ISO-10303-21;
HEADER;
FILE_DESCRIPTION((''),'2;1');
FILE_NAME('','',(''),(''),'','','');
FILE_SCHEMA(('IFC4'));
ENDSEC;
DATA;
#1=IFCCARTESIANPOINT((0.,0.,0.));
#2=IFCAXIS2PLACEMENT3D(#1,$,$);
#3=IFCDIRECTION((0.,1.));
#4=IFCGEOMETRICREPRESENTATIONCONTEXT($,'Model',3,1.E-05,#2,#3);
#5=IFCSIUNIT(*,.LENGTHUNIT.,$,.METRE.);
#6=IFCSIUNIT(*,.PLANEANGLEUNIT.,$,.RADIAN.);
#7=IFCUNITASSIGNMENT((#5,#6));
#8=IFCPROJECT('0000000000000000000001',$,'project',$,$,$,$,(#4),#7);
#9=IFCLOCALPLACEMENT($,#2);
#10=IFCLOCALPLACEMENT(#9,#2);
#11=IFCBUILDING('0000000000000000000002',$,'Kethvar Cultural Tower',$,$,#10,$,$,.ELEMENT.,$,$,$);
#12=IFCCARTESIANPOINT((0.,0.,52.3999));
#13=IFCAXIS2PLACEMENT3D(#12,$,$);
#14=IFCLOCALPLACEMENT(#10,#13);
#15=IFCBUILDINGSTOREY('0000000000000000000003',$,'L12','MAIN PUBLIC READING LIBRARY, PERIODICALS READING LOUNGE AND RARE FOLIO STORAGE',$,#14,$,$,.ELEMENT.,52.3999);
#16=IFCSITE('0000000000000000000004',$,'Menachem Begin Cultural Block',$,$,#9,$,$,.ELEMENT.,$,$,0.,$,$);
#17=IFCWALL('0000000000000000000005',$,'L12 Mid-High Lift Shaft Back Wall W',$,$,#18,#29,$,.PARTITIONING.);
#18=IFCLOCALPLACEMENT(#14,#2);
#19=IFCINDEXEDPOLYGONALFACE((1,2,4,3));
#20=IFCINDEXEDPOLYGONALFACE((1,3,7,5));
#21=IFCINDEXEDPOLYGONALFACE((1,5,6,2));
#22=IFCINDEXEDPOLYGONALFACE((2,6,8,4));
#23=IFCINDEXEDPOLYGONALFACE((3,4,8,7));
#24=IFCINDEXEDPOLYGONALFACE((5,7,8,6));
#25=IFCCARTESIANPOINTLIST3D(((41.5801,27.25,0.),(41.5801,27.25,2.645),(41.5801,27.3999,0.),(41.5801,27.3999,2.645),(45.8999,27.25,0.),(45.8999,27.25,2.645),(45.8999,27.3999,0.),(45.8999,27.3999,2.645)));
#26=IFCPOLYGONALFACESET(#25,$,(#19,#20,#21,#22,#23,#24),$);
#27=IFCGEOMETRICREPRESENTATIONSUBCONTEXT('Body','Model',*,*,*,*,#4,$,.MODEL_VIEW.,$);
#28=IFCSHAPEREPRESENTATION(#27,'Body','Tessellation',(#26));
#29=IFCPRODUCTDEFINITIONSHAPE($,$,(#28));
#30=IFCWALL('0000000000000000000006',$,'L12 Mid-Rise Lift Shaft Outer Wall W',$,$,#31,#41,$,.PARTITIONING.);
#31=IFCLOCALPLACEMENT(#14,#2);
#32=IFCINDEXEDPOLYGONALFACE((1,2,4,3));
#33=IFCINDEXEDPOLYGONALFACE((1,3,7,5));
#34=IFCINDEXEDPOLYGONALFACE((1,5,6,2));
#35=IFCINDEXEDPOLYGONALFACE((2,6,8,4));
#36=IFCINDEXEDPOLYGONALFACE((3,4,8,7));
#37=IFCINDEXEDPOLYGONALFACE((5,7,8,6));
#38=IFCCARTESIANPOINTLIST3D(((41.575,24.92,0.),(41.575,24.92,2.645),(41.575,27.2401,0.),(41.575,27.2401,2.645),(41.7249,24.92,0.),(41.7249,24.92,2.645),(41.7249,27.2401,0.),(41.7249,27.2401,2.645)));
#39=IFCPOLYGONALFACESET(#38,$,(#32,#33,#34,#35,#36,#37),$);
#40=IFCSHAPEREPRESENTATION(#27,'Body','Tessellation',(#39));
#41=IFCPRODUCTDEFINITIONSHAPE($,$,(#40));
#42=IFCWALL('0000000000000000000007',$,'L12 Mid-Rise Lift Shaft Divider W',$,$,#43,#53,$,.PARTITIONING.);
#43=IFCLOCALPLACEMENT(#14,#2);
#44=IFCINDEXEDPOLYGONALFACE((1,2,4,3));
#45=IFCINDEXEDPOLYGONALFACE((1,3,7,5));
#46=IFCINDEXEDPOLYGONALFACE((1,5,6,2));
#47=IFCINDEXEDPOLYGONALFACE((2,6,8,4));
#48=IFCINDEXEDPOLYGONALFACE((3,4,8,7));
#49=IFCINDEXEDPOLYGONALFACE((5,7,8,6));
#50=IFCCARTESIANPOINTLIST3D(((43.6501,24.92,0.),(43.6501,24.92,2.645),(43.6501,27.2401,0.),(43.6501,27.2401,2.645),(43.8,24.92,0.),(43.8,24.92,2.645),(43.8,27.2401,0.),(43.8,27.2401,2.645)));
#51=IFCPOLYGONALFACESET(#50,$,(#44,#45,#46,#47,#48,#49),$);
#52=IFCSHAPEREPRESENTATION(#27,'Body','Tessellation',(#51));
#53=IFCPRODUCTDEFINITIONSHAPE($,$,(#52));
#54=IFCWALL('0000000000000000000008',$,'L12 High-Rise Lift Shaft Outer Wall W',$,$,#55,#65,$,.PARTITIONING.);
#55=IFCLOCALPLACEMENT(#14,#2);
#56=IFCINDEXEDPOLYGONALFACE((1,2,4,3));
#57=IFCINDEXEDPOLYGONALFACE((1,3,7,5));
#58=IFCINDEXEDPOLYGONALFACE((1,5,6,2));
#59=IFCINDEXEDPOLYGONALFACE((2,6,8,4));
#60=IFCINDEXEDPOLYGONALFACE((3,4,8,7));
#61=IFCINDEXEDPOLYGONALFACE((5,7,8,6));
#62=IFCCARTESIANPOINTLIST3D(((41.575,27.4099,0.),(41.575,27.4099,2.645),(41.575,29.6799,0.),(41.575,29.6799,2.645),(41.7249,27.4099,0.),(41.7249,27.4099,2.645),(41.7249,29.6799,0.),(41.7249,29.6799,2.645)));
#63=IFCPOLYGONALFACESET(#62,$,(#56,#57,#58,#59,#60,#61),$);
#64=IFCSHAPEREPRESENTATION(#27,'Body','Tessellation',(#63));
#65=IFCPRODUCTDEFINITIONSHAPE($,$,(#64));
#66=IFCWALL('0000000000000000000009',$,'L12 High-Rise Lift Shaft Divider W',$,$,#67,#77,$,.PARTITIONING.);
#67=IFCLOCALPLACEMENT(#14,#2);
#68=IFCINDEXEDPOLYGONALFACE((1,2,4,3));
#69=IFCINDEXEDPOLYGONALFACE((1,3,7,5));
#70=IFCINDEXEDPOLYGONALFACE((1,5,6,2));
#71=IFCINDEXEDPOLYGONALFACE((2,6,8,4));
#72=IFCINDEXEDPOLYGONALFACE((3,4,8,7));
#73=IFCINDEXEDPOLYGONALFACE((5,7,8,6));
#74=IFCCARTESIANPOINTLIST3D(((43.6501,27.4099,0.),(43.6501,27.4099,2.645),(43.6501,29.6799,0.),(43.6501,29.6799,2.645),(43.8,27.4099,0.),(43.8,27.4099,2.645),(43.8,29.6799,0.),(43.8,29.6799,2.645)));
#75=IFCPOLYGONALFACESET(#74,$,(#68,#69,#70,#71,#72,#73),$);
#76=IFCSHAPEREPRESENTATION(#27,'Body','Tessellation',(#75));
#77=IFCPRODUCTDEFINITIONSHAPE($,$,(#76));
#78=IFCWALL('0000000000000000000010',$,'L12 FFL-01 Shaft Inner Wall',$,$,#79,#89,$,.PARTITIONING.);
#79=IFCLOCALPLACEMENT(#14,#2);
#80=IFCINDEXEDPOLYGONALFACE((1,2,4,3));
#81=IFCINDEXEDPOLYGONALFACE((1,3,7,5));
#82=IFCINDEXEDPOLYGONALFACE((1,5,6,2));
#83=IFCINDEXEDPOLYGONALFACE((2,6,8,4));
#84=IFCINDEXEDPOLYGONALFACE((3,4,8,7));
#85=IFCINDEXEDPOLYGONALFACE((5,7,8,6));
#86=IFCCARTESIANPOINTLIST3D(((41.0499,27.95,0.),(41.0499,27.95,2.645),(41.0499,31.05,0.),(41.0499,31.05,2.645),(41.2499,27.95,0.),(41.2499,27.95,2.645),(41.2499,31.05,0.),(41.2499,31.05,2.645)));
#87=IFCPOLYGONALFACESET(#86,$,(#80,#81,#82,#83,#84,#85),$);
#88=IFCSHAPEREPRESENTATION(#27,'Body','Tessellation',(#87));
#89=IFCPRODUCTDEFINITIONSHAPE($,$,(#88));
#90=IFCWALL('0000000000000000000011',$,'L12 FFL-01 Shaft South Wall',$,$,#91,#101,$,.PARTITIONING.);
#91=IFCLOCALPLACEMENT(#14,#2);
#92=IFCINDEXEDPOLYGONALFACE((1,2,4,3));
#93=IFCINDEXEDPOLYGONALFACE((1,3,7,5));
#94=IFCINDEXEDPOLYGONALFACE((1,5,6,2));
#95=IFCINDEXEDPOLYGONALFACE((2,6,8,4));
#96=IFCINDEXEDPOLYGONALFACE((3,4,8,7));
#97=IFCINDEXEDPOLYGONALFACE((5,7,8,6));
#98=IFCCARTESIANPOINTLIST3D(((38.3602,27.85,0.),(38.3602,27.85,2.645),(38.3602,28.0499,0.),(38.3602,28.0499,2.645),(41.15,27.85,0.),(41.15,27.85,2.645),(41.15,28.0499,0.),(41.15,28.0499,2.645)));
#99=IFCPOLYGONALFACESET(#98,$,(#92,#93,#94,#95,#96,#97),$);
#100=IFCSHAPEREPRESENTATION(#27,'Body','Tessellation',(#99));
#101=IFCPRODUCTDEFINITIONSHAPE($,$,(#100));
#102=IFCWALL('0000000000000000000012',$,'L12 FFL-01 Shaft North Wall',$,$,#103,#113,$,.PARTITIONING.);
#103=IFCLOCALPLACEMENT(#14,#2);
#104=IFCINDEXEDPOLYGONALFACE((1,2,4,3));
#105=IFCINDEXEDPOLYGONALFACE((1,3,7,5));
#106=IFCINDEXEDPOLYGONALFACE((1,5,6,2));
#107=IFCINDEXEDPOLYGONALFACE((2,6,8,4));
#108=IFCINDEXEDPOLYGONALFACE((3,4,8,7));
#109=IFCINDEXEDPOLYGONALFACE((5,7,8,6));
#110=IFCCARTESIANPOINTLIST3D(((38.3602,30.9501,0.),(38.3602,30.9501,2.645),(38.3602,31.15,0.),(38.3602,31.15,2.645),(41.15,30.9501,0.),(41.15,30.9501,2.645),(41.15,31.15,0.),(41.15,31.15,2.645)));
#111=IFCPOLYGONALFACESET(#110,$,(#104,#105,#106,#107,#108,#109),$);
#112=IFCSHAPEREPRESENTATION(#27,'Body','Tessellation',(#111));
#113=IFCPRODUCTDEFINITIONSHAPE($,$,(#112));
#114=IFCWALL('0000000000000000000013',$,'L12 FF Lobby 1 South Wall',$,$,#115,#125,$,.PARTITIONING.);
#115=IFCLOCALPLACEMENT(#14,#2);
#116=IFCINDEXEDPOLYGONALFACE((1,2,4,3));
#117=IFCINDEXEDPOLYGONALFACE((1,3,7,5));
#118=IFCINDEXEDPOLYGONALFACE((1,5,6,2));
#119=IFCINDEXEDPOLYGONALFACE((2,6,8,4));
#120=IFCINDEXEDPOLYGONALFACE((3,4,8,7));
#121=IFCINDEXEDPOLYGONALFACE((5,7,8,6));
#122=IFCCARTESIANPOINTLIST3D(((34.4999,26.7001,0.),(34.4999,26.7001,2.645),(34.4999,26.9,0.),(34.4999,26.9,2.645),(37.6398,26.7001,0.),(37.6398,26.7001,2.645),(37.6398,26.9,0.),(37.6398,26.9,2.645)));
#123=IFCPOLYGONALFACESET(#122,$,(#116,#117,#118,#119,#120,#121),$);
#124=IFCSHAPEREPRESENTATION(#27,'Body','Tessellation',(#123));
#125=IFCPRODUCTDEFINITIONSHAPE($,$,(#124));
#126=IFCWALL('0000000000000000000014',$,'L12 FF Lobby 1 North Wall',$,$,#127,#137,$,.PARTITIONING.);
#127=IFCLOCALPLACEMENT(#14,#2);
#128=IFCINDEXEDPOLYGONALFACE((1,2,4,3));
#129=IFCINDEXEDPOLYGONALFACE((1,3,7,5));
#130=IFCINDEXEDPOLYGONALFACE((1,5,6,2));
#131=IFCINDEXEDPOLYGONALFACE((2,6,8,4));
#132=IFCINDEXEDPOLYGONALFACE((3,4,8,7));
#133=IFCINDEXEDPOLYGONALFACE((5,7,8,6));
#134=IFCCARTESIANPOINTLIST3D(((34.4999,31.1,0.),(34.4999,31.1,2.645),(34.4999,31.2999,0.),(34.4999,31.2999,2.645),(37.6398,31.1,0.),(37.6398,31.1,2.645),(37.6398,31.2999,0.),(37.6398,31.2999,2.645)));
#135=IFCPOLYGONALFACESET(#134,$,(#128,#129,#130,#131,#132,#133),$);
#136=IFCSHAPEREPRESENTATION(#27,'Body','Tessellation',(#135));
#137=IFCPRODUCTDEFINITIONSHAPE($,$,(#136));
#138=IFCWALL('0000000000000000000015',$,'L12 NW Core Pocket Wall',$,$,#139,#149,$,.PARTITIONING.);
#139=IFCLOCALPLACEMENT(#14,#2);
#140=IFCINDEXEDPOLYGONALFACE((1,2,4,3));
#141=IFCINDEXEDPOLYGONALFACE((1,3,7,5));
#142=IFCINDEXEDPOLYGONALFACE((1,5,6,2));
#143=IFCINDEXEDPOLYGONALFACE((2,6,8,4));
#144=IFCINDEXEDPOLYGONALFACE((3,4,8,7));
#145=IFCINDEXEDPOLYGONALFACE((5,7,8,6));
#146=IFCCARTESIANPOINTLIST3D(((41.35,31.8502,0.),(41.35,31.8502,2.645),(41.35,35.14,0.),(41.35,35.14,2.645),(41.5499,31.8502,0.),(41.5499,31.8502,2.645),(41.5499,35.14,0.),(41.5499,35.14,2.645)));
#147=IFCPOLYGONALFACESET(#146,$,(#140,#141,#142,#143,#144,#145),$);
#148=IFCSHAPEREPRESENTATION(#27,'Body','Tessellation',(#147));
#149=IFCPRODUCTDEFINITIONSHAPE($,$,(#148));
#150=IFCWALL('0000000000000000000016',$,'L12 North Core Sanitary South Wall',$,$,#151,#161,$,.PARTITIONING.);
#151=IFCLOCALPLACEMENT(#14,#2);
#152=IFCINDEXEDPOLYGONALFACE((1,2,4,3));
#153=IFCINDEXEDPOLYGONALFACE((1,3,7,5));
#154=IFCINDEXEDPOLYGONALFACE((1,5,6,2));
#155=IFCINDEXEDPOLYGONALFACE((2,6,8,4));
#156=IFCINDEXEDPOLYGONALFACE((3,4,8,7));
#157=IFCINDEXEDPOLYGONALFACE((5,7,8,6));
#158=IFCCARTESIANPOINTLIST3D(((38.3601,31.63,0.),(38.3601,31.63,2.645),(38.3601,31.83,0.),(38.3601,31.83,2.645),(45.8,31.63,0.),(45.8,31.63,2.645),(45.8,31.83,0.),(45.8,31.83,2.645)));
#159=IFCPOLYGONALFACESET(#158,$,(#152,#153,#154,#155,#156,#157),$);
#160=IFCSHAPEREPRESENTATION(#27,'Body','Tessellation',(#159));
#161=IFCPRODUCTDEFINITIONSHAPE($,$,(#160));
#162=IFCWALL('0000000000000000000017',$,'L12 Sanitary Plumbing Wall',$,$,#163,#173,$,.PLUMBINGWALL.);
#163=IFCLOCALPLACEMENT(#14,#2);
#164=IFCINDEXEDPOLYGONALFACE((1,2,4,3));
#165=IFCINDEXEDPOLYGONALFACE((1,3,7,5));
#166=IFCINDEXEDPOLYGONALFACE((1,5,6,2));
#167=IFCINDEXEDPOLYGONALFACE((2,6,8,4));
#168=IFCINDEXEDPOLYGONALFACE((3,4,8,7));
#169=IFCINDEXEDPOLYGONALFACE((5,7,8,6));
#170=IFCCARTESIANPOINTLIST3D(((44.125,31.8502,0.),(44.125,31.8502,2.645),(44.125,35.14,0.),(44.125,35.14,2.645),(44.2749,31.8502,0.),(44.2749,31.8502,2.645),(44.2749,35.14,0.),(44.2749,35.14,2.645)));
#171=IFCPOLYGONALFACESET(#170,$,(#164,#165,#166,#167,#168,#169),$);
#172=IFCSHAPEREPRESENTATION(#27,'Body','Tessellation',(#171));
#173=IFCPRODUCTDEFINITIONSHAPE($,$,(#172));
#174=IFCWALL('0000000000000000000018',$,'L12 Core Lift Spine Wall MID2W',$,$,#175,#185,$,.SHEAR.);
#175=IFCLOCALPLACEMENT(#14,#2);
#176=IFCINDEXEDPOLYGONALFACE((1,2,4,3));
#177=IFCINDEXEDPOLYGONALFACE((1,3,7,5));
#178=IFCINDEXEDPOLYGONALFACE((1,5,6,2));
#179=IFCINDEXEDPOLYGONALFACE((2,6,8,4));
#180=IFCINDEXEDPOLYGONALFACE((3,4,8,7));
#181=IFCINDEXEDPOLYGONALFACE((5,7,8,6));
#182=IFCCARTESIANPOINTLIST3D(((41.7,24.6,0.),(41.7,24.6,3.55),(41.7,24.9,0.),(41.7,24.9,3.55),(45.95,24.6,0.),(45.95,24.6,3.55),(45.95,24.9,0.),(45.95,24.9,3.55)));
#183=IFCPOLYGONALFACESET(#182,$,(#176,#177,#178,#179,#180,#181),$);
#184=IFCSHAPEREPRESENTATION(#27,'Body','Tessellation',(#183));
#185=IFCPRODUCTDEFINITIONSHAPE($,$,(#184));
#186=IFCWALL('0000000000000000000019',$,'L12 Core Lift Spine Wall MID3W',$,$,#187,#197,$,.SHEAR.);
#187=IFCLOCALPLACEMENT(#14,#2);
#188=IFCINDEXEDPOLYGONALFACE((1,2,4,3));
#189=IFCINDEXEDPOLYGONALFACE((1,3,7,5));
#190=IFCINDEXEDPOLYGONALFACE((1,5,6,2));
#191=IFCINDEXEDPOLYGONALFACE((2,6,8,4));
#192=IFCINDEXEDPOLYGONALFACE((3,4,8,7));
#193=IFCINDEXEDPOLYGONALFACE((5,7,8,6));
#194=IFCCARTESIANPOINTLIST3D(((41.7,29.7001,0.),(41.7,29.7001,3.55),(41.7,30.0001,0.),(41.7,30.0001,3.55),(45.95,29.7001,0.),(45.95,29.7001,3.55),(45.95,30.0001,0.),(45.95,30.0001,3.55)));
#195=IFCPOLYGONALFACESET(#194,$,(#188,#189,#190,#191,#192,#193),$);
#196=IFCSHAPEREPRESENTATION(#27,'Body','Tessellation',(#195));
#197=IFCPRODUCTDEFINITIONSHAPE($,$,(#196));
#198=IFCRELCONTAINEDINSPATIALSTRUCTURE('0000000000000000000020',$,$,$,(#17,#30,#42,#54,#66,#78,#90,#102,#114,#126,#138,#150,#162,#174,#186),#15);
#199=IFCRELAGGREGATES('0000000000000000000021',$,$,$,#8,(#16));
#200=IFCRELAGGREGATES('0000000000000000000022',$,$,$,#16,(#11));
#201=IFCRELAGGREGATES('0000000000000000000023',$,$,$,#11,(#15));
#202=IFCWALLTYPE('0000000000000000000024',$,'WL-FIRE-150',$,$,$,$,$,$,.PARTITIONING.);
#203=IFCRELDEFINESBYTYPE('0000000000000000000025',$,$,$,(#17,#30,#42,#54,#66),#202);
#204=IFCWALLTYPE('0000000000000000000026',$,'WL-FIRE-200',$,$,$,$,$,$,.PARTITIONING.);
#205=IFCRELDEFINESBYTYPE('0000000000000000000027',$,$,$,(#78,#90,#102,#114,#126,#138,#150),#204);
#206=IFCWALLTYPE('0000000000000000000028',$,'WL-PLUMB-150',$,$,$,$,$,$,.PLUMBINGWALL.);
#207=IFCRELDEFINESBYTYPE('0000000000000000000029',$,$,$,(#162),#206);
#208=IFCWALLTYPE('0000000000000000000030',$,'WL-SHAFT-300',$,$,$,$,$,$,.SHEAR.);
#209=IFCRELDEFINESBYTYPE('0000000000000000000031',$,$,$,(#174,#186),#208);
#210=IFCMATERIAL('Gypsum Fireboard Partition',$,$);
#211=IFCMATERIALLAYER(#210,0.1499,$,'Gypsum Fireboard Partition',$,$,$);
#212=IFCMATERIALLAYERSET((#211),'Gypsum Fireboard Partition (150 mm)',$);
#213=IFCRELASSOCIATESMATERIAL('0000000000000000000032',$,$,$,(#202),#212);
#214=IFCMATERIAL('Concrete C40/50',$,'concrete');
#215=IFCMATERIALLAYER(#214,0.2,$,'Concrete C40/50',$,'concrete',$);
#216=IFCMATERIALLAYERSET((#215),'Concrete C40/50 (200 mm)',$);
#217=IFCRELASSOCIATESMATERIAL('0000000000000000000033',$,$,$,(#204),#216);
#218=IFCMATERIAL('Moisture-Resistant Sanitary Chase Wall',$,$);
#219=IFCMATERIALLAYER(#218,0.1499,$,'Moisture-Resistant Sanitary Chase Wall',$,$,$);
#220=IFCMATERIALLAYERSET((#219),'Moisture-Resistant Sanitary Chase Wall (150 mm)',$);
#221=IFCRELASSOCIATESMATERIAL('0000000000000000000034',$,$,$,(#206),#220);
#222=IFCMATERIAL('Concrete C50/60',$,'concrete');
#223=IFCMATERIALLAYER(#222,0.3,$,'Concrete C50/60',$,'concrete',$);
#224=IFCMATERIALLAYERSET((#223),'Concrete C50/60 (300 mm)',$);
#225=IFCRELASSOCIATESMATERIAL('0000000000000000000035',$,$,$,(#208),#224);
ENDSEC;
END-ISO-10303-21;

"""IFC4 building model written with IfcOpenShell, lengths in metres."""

from ifc_helpers import new_model, si_unit, direction, frame, frame_2d, origin, place, context, subcontext, project, spatial, rectangle, extrude, material, layer, layer_set, type_object, element, save


model = new_model("IFC4")

# Units and contexts
model_context = context("Model", 3, precision=1e-05, world=origin(), true_north=direction((0.0, 1.0)))
body_context = subcontext(model_context, "Body", "Model", "MODEL_VIEW")
ifc_project = project(units=[si_unit("LENGTHUNIT", "METRE"), si_unit("PLANEANGLEUNIT", "RADIAN")], contexts=[model_context])

# Site, building, storey
site_placement = place(None, origin())
site = spatial("IfcSite", under=ifc_project, at=site_placement, Name="Menachem Begin Cultural Block", CompositionType="ELEMENT", RefElevation=0.0)
building_placement = place(site_placement, origin())
building = spatial("IfcBuilding", under=site, at=building_placement, Name="Kethvar Cultural Tower", CompositionType="ELEMENT")
storey_placement = place(building_placement, frame((0.0, 0.0, 52.3999)))
storey = spatial("IfcBuildingStorey", under=building, at=storey_placement, Name="L12", Description="MAIN PUBLIC READING LIBRARY, PERIODICALS READING LOUNGE AND RARE FOLIO STORAGE", CompositionType="ELEMENT", Elevation=52.3999)

# Walls
ifc_material_1 = material(Name="Gypsum Fireboard Partition")
ifc_layer_1 = layer(ifc_material_1, 0.1499, Name="Gypsum Fireboard Partition")
ifc_layer_set_1 = layer_set([ifc_layer_1], Name="Gypsum Fireboard Partition (150 mm)")
wall_type_1 = type_object("IfcWallType", Name="WL-FIRE-150", PredefinedType="PARTITIONING", material=ifc_layer_set_1)
wall_1_placement = place(storey_placement, frame((41.5801, 27.325, 0.0), z_axis=(0.0, 0.0, 1.0), x_axis=(1.0, 0.0, 0.0)))
element("IfcWall", 1, at=wall_1_placement, inside=storey, type_object=wall_type_1, Name="L12 Mid-High Lift Shaft Back Wall W", PredefinedType="PARTITIONING", context=body_context, shape_type="SweptSolid", body=[
    extrude(rectangle(XDim=4.3198, YDim=0.1499, at=frame_2d((2.1599, 0.0))), origin(), (0.0, 0.0, 1.0), 2.645),
])
for number, where, z_axis, x_axis, name in (
    (2, (41.6499, 24.9199, 0.0), (0.0, 0.0, 1.0), (0.0, 1.0, 0.0), "L12 Mid-Rise Lift Shaft Outer Wall W"),
    (3, (43.7251, 24.9199, 0.0), (0.0, 0.0, 1.0), (0.0, 1.0, 0.0), "L12 Mid-Rise Lift Shaft Divider W"),
):
    element("IfcWall", number, at=place(storey_placement, frame(where, z_axis=z_axis, x_axis=x_axis)), inside=storey, type_object=wall_type_1, Name=name, PredefinedType="PARTITIONING", context=body_context, shape_type="SweptSolid", body=[
        extrude(rectangle(XDim=2.3201, YDim=0.1499, at=frame_2d((1.1602, 0.0))), origin(), (0.0, 0.0, 1.0), 2.645),
    ])
for number, where, z_axis, x_axis, name in (
    (4, (41.6499, 27.4099, 0.0), (0.0, 0.0, 1.0), (0.0, 1.0, 0.0), "L12 High-Rise Lift Shaft Outer Wall W"),
    (5, (43.7251, 27.4099, 0.0), (0.0, 0.0, 1.0), (0.0, 1.0, 0.0), "L12 High-Rise Lift Shaft Divider W"),
):
    element("IfcWall", number, at=place(storey_placement, frame(where, z_axis=z_axis, x_axis=x_axis)), inside=storey, type_object=wall_type_1, Name=name, PredefinedType="PARTITIONING", context=body_context, shape_type="SweptSolid", body=[
        extrude(rectangle(XDim=2.27, YDim=0.1499, at=frame_2d((1.135, 0.0))), origin(), (0.0, 0.0, 1.0), 2.645),
    ])
ifc_material_2 = material(Name="Concrete C40/50", Category="concrete")
ifc_layer_2 = layer(ifc_material_2, 0.2, Name="Concrete C40/50", Category="concrete")
ifc_layer_set_2 = layer_set([ifc_layer_2], Name="Concrete C40/50 (200 mm)")
wall_type_2 = type_object("IfcWallType", Name="WL-FIRE-200", PredefinedType="PARTITIONING", material=ifc_layer_set_2)
wall_2_placement = place(storey_placement, frame((41.1499, 27.95, 0.0), z_axis=(0.0, 0.0, 1.0), x_axis=(0.0, 1.0, 0.0)))
element("IfcWall", 6, at=wall_2_placement, inside=storey, type_object=wall_type_2, Name="L12 FFL-01 Shaft Inner Wall", PredefinedType="PARTITIONING", context=body_context, shape_type="SweptSolid", body=[
    extrude(rectangle(XDim=3.1001, YDim=0.2, at=frame_2d((1.55, 0.0))), origin(), (0.0, 0.0, 1.0), 2.645),
])
for number, where, z_axis, x_axis, name in (
    (7, (38.3601, 27.95, 0.0), (0.0, 0.0, 1.0), (1.0, 0.0, 0.0), "L12 FFL-01 Shaft South Wall"),
    (8, (38.3601, 31.05, 0.0), (0.0, 0.0, 1.0), (1.0, 0.0, 0.0), "L12 FFL-01 Shaft North Wall"),
):
    element("IfcWall", number, at=place(storey_placement, frame(where, z_axis=z_axis, x_axis=x_axis)), inside=storey, type_object=wall_type_2, Name=name, PredefinedType="PARTITIONING", context=body_context, shape_type="SweptSolid", body=[
        extrude(rectangle(XDim=2.7898, YDim=0.2, at=frame_2d((1.395, 0.0))), origin(), (0.0, 0.0, 1.0), 2.645),
    ])

# Walls
for number, where, z_axis, x_axis, name in (
    (9, (34.5, 26.8, 0.0), (0.0, 0.0, 1.0), (1.0, 0.0, 0.0), "L12 FF Lobby 1 South Wall"),
    (10, (34.5, 31.2, 0.0), (0.0, 0.0, 1.0), (1.0, 0.0, 0.0), "L12 FF Lobby 1 North Wall"),
):
    element("IfcWall", number, at=place(storey_placement, frame(where, z_axis=z_axis, x_axis=x_axis)), inside=storey, type_object=wall_type_2, Name=name, PredefinedType="PARTITIONING", context=body_context, shape_type="SweptSolid", body=[
        extrude(rectangle(XDim=3.1399, YDim=0.2, at=frame_2d((1.5698, 0.0))), origin(), (0.0, 0.0, 1.0), 2.645),
    ])
wall_3_placement = place(storey_placement, frame((41.45, 31.8501, 0.0), z_axis=(0.0, 0.0, 1.0), x_axis=(0.0, 1.0, 0.0)))
element("IfcWall", 11, at=wall_3_placement, inside=storey, type_object=wall_type_2, Name="L12 NW Core Pocket Wall", PredefinedType="PARTITIONING", context=body_context, shape_type="SweptSolid", body=[
    extrude(rectangle(XDim=3.2898, YDim=0.2, at=frame_2d((1.645, 0.0))), origin(), (0.0, 0.0, 1.0), 2.645),
])
wall_4_placement = place(storey_placement, frame((38.3601, 31.73, 0.0), z_axis=(0.0, 0.0, 1.0), x_axis=(1.0, 0.0, 0.0)))
element("IfcWall", 12, at=wall_4_placement, inside=storey, type_object=wall_type_2, Name="L12 North Core Sanitary South Wall", PredefinedType="PARTITIONING", context=body_context, shape_type="SweptSolid", body=[
    extrude(rectangle(XDim=7.4399, YDim=0.2, at=frame_2d((3.72, 0.0))), origin(), (0.0, 0.0, 1.0), 2.645),
])
ifc_material_3 = material(Name="Moisture-Resistant Sanitary Chase Wall")
ifc_layer_3 = layer(ifc_material_3, 0.1499, Name="Moisture-Resistant Sanitary Chase Wall")
ifc_layer_set_3 = layer_set([ifc_layer_3], Name="Moisture-Resistant Sanitary Chase Wall (150 mm)")
wall_type_3 = type_object("IfcWallType", Name="WL-PLUMB-150", PredefinedType="PLUMBINGWALL", material=ifc_layer_set_3)
wall_5_placement = place(storey_placement, frame((44.2, 31.8501, 0.0), z_axis=(0.0, 0.0, 1.0), x_axis=(0.0, 1.0, 0.0)))
element("IfcWall", 13, at=wall_5_placement, inside=storey, type_object=wall_type_3, Name="L12 Sanitary Plumbing Wall", PredefinedType="PLUMBINGWALL", context=body_context, shape_type="SweptSolid", body=[
    extrude(rectangle(XDim=3.2898, YDim=0.1499, at=frame_2d((1.645, 0.0))), origin(), (0.0, 0.0, 1.0), 2.645),
])
ifc_material_4 = material(Name="Concrete C50/60", Category="concrete")
ifc_layer_4 = layer(ifc_material_4, 0.3, Name="Concrete C50/60", Category="concrete")
ifc_layer_set_4 = layer_set([ifc_layer_4], Name="Concrete C50/60 (300 mm)")
wall_type_4 = type_object("IfcWallType", Name="WL-SHAFT-300", PredefinedType="SHEAR", material=ifc_layer_set_4)
for number, where, z_axis, x_axis, name in (
    (14, (41.7, 24.75, 0.0), (0.0, 0.0, 1.0), (1.0, 0.0, 0.0), "L12 Core Lift Spine Wall MID2W"),
    (15, (41.7, 29.8501, 0.0), (0.0, 0.0, 1.0), (1.0, 0.0, 0.0), "L12 Core Lift Spine Wall MID3W"),
):
    element("IfcWall", number, at=place(storey_placement, frame(where, z_axis=z_axis, x_axis=x_axis)), inside=storey, type_object=wall_type_4, Name=name, PredefinedType="SHEAR", context=body_context, shape_type="SweptSolid", body=[
        extrude(rectangle(XDim=4.25, YDim=0.3, at=frame_2d((2.125, 0.0))), origin(), (0.0, 0.0, 1.0), 3.55),
    ])

save(model, "model.ifc")
